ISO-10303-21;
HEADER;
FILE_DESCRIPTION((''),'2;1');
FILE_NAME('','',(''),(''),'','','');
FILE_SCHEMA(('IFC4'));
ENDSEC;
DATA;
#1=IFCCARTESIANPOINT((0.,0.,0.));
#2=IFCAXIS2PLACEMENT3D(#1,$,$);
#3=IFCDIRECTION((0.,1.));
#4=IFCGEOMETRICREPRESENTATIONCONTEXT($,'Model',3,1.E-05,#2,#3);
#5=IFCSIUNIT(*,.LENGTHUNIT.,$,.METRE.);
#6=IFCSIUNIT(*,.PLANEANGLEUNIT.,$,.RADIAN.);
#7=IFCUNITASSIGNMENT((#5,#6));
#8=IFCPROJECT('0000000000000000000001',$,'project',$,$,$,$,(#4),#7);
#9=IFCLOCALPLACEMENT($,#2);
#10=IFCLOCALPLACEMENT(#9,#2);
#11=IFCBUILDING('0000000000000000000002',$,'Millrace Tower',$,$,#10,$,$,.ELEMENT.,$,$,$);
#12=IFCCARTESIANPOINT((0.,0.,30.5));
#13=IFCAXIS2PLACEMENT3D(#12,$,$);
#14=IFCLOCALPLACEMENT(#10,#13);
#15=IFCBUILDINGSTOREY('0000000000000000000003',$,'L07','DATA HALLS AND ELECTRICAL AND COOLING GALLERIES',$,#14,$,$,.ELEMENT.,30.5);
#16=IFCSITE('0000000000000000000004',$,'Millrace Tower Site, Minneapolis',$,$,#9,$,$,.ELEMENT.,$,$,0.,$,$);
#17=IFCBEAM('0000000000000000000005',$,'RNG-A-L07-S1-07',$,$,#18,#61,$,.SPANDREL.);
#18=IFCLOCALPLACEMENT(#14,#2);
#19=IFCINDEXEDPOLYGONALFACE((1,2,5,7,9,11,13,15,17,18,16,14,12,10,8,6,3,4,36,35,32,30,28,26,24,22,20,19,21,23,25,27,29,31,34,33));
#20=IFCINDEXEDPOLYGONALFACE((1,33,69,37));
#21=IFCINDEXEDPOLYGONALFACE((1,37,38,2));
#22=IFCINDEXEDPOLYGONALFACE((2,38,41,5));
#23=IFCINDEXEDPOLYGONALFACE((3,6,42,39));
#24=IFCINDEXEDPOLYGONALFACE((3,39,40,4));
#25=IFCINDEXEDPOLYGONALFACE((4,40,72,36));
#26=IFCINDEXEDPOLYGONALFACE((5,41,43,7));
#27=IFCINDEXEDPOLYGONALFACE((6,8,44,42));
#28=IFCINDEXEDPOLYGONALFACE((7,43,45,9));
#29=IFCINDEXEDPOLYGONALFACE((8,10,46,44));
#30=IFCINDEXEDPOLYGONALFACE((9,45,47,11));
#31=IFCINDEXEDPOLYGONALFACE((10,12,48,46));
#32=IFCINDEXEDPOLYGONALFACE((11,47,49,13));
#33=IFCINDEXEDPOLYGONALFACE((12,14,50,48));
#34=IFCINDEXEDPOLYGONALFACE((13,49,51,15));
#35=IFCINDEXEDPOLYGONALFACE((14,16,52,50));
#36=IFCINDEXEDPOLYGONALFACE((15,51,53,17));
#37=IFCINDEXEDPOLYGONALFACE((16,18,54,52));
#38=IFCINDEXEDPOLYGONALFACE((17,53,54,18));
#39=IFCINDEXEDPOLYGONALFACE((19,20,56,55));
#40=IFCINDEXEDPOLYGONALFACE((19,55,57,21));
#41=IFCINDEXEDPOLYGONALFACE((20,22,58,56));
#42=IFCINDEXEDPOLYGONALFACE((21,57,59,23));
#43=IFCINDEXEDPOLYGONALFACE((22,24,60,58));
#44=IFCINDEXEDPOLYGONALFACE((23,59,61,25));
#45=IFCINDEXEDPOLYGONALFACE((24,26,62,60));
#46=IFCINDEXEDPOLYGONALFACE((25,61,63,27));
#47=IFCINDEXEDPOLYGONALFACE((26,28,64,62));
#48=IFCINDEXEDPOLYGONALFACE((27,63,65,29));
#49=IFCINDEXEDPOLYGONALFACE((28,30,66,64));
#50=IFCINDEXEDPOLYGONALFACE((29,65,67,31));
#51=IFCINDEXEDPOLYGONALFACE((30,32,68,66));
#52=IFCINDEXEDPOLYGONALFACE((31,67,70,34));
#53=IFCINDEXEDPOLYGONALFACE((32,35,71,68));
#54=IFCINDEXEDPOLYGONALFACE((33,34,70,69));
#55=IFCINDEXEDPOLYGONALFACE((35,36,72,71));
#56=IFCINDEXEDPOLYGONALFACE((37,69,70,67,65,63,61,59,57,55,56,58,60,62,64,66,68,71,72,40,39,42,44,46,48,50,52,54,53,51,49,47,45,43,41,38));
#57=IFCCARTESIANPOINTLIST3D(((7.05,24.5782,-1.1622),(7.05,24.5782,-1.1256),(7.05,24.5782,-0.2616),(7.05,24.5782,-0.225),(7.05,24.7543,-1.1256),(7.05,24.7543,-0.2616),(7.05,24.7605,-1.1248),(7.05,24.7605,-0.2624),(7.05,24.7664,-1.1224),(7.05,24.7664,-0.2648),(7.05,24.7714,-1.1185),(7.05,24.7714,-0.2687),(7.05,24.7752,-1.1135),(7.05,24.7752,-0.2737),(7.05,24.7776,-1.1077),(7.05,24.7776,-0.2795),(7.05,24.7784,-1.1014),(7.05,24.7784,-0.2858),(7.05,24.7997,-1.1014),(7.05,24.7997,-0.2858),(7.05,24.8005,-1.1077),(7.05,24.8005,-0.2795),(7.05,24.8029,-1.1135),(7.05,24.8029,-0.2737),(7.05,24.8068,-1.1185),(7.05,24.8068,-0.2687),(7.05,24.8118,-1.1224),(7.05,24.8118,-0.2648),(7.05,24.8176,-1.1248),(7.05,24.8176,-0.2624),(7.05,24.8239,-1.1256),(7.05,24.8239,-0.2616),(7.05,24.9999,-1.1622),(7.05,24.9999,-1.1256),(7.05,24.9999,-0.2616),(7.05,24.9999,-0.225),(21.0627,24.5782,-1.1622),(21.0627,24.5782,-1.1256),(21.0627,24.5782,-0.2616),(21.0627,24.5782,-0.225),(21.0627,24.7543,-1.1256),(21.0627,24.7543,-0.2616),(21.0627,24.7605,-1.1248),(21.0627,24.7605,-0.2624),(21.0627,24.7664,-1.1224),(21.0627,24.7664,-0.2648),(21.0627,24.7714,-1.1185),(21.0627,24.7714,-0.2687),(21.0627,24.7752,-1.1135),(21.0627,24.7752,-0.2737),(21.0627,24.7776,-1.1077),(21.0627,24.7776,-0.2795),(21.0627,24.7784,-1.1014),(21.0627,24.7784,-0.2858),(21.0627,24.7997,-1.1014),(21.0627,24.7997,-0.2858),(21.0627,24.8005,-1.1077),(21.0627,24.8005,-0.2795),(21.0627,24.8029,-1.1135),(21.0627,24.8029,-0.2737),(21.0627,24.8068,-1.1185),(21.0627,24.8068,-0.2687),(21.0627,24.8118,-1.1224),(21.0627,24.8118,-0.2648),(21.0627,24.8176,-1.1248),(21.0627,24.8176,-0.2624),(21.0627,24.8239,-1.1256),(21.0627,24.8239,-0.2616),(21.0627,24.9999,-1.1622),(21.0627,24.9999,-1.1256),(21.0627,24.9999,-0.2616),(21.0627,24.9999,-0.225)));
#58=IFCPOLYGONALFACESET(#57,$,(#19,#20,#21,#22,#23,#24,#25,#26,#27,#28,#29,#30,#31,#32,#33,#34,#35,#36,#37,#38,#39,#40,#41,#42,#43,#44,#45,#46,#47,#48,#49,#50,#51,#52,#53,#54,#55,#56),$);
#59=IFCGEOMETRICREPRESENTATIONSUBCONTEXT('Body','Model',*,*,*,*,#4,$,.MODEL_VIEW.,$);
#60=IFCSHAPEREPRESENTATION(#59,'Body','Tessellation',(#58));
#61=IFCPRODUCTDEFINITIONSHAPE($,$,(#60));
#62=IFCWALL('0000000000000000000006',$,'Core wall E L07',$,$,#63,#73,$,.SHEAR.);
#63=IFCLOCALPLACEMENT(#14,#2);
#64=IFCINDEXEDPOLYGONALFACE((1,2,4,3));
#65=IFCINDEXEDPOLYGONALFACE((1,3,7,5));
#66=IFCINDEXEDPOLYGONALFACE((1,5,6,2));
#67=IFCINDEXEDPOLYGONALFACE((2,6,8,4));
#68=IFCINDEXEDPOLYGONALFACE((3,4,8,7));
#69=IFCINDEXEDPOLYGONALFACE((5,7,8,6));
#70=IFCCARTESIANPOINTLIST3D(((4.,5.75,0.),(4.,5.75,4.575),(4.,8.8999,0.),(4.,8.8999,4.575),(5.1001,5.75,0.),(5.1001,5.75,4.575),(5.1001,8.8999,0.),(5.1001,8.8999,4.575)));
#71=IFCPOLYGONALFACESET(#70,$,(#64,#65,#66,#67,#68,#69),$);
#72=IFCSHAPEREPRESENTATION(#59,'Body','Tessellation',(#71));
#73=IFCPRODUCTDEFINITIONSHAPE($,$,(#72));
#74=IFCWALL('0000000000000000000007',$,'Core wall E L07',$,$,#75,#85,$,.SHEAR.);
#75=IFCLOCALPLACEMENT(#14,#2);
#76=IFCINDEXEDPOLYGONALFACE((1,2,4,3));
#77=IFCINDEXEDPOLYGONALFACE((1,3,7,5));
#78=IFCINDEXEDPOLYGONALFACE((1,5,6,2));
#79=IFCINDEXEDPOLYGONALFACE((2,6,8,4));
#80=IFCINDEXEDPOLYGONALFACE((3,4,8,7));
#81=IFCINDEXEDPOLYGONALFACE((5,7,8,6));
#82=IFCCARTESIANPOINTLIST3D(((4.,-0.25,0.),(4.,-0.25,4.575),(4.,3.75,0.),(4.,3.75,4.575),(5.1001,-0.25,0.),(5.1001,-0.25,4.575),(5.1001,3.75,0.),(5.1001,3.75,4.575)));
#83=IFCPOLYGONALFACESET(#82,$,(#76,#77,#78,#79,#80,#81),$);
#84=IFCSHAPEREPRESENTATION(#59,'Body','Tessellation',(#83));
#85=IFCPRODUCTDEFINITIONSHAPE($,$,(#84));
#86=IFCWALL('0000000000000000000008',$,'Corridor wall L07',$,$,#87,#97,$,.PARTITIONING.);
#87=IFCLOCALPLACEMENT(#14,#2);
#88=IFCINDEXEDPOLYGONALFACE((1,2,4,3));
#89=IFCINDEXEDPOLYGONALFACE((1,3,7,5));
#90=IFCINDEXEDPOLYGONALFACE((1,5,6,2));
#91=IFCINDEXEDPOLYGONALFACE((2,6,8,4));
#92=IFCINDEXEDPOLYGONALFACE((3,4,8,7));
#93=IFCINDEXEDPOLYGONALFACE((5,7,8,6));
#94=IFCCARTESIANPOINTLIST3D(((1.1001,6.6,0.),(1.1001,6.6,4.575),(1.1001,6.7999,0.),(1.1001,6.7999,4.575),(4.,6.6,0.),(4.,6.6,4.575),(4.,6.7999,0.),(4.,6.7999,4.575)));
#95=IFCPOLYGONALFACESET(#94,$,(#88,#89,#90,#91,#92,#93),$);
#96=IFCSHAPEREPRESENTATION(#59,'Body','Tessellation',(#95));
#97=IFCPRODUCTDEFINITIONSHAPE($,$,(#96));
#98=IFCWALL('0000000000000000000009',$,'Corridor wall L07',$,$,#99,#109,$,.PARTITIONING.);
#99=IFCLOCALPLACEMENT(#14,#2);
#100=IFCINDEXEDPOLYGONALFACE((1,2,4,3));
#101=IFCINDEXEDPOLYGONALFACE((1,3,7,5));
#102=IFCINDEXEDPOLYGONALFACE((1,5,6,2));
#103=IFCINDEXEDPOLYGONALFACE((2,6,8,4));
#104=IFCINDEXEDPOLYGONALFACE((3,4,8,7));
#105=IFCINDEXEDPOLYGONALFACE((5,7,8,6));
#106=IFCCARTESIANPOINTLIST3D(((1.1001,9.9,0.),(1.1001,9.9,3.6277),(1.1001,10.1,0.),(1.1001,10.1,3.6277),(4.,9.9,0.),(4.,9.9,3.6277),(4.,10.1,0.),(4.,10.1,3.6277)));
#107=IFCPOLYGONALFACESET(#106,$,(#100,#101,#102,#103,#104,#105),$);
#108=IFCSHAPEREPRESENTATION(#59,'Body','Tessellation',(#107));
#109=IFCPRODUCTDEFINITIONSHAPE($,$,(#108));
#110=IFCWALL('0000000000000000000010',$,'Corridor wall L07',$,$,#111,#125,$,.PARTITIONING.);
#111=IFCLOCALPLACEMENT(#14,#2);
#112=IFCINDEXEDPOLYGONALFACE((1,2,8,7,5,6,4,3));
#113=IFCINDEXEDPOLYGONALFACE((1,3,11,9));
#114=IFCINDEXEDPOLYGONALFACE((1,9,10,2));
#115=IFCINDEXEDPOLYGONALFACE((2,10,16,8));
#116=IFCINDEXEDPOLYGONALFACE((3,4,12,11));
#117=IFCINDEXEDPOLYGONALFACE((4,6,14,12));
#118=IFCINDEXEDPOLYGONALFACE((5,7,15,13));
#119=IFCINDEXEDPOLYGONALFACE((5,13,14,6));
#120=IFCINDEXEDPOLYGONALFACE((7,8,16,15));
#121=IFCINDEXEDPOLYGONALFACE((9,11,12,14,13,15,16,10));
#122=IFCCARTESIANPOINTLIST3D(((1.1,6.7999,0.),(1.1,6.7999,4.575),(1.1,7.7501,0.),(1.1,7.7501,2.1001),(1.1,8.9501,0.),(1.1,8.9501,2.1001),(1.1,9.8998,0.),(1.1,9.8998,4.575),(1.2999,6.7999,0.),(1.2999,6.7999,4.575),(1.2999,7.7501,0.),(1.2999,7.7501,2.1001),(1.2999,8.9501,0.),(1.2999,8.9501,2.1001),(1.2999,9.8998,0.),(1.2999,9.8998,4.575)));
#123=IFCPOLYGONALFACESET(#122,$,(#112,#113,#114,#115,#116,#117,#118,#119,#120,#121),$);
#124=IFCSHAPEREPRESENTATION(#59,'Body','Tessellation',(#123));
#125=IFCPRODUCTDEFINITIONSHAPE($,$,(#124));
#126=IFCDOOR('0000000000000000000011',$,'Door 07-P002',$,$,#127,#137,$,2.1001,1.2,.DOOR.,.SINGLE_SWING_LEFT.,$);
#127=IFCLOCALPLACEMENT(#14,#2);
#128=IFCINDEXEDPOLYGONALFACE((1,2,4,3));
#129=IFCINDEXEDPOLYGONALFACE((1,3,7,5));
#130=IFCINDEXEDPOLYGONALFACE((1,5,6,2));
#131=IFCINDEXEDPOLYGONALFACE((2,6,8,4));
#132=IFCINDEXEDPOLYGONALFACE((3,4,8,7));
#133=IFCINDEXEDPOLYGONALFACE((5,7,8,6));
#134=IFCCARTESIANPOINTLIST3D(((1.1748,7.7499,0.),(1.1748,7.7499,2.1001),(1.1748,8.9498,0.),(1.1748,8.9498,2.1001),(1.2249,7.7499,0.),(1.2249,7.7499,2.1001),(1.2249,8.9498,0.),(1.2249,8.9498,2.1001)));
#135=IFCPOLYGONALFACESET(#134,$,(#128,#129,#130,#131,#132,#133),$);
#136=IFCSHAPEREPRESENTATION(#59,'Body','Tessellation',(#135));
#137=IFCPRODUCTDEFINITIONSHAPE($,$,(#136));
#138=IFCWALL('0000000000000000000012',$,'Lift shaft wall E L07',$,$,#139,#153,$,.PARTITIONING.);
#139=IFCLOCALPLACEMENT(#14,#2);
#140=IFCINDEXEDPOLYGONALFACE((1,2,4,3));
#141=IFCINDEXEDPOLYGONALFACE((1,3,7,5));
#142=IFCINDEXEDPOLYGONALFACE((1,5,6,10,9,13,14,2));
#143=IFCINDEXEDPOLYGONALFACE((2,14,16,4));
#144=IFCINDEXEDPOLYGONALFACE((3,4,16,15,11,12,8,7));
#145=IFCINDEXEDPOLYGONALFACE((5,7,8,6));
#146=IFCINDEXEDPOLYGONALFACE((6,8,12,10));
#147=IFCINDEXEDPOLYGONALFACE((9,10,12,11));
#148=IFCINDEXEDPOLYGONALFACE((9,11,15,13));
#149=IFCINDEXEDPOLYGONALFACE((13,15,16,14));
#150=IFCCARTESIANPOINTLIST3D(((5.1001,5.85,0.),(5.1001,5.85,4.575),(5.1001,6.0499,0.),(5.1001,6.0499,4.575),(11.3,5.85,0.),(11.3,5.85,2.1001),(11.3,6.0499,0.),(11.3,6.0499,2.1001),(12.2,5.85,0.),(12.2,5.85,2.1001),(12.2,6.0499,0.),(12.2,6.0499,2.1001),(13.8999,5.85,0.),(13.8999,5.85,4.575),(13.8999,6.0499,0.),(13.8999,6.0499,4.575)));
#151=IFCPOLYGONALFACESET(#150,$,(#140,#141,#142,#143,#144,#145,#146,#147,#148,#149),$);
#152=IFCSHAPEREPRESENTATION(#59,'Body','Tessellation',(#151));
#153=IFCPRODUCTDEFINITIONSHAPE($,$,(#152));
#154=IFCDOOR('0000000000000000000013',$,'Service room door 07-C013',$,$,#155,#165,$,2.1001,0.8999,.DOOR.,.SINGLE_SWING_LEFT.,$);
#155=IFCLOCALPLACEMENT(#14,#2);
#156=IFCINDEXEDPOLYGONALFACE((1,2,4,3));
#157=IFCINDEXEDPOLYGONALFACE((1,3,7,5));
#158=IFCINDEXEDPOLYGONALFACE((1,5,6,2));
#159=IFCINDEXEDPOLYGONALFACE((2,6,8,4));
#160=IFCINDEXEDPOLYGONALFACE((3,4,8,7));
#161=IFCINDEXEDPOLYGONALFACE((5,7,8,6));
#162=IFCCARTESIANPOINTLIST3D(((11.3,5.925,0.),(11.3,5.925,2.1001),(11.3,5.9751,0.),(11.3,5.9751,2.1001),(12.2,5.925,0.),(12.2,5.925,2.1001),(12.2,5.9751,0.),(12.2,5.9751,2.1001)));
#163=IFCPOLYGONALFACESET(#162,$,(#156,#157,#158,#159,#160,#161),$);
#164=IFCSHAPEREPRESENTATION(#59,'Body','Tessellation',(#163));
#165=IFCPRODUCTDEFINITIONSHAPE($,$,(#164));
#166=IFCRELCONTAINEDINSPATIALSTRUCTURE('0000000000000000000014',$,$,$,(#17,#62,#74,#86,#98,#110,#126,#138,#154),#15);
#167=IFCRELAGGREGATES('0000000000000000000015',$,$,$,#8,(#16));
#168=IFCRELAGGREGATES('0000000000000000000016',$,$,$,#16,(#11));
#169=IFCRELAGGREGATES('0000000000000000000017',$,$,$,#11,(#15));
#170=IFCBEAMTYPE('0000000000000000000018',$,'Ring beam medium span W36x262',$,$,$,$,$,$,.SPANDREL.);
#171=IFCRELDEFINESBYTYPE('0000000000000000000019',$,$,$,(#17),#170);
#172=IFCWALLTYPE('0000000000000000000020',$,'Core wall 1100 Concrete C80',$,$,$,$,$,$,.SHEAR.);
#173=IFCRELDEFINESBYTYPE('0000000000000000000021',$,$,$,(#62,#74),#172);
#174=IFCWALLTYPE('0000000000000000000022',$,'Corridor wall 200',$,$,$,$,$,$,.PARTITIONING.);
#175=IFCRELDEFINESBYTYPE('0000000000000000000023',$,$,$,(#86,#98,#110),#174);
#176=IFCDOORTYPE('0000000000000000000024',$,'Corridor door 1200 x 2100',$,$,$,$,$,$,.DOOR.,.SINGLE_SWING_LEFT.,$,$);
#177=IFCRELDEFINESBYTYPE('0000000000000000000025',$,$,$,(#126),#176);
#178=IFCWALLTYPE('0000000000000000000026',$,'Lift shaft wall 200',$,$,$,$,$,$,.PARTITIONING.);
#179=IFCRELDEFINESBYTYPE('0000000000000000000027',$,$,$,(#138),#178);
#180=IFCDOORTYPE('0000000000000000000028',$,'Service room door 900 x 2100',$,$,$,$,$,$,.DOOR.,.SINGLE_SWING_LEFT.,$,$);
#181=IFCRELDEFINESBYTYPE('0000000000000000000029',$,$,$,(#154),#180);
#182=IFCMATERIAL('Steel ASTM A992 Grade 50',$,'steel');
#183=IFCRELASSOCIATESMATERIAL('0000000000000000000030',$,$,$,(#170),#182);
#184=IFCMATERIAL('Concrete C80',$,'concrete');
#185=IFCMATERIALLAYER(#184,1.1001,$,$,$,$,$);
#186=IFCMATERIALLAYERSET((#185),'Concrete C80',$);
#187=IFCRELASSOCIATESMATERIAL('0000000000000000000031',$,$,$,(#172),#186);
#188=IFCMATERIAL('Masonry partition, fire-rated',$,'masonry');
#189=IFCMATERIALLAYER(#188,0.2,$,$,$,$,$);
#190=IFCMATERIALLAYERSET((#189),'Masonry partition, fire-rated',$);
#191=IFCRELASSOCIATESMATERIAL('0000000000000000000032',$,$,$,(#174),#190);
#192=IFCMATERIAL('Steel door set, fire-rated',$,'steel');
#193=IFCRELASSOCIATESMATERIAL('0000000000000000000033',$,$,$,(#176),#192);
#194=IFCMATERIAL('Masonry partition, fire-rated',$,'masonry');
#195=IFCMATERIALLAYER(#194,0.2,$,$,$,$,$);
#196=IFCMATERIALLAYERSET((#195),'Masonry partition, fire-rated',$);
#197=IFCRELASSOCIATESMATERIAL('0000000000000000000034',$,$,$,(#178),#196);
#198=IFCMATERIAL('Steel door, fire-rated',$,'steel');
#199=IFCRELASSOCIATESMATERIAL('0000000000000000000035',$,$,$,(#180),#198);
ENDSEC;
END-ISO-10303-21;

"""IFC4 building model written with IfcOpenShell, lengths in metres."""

from ifc_helpers import new_model, si_unit, direction, frame, frame_2d, origin, origin_2d, place, context, subcontext, project, spatial, rectangle, i_section, extrude, material, layer, layer_set, material_profile, profile_set, type_object, element, fill, save


model = new_model("IFC4")

# Units and contexts
model_context = context("Model", 3, precision=1e-05, world=origin(), true_north=direction((0.0, 1.0)))
body_context = subcontext(model_context, "Body", "Model", "MODEL_VIEW")
ifc_project = project(units=[si_unit("LENGTHUNIT", "METRE"), si_unit("PLANEANGLEUNIT", "RADIAN")], contexts=[model_context])

# Site, building, storey
site_placement = place(None, origin())
site = spatial("IfcSite", under=ifc_project, at=site_placement, Name="Millrace Tower Site, Minneapolis", CompositionType="ELEMENT", RefElevation=0.0)
building_placement = place(site_placement, origin())
building = spatial("IfcBuilding", under=site, at=building_placement, Name="Millrace Tower", CompositionType="ELEMENT")
storey_placement = place(building_placement, frame((0.0, 0.0, 30.5)))
storey = spatial("IfcBuildingStorey", under=building, at=storey_placement, Name="L07", Description="DATA HALLS AND ELECTRICAL AND COOLING GALLERIES", CompositionType="ELEMENT", Elevation=30.5)

# Beam
ifc_material_1 = material(Name="Steel ASTM A992 Grade 50", Category="steel")
ifc_material_profile_1 = material_profile(ifc_material_1, i_section(OverallWidth=0.4216, OverallDepth=0.9373, WebThickness=0.0212, FlangeThickness=0.0366, FilletRadius=0.0242, at=origin_2d()))
ifc_profile_set_1 = profile_set([ifc_material_profile_1], Name="Steel ASTM A992 Grade 50")
beam_type_1 = type_object("IfcBeamType", Name="Ring beam medium span W36x262", PredefinedType="SPANDREL", material=ifc_profile_set_1)
beam_1_placement = place(storey_placement, frame((7.05, 24.7891, -0.6936), z_axis=(1.0, 0.0, 0.0), x_axis=(0.0, 1.0, 0.0)))
element("IfcBeam", 1, at=beam_1_placement, inside=storey, type_object=beam_type_1, Name="RNG-A-L07-S1-07", PredefinedType="SPANDREL", context=body_context, shape_type="SweptSolid", body=[
    extrude(i_section(OverallWidth=0.4216, OverallDepth=0.9373, WebThickness=0.0212, FlangeThickness=0.0366, FilletRadius=0.0242, at=origin_2d()), origin(), (0.0, 0.0, 1.0), 14.0127),
])

# Walls
ifc_material_2 = material(Name="Concrete C80", Category="concrete")
ifc_layer_1 = layer(ifc_material_2, 1.1001)
ifc_layer_set_1 = layer_set([ifc_layer_1], Name="Concrete C80")
wall_type_1 = type_object("IfcWallType", Name="Core wall 1100 Concrete C80", PredefinedType="SHEAR", material=ifc_layer_set_1)
wall_1_placement = place(storey_placement, frame((4.55, 8.8999, 0.0), z_axis=(0.0, 0.0, 1.0), x_axis=(0.0, -1.0, 0.0)))
element("IfcWall", 2, at=wall_1_placement, inside=storey, type_object=wall_type_1, Name="Core wall E L07", PredefinedType="SHEAR", context=body_context, shape_type="SweptSolid", body=[
    extrude(rectangle(XDim=3.1499, YDim=1.1001, at=frame_2d((1.575, 0.0))), origin(), (0.0, 0.0, 1.0), 4.575),
])
wall_2_placement = place(storey_placement, frame((4.55, 3.75, 0.0), z_axis=(0.0, 0.0, 1.0), x_axis=(0.0, -1.0, 0.0)))
element("IfcWall", 3, at=wall_2_placement, inside=storey, type_object=wall_type_1, Name="Core wall E L07", PredefinedType="SHEAR", context=body_context, shape_type="SweptSolid", body=[
    extrude(rectangle(XDim=4.0, YDim=1.1001, at=frame_2d((2.0, 0.0))), origin(), (0.0, 0.0, 1.0), 4.575),
])
ifc_material_3 = material(Name="Masonry partition, fire-rated", Category="masonry")
ifc_layer_2 = layer(ifc_material_3, 0.2)
ifc_layer_set_2 = layer_set([ifc_layer_2], Name="Masonry partition, fire-rated")
wall_type_2 = type_object("IfcWallType", Name="Corridor wall 200", PredefinedType="PARTITIONING", material=ifc_layer_set_2)
wall_3_placement = place(storey_placement, frame((1.1001, 6.7, 0.0), z_axis=(0.0, 0.0, 1.0), x_axis=(1.0, 0.0, 0.0)))
element("IfcWall", 4, at=wall_3_placement, inside=storey, type_object=wall_type_2, Name="Corridor wall L07", PredefinedType="PARTITIONING", context=body_context, shape_type="SweptSolid", body=[
    extrude(rectangle(XDim=2.8999, YDim=0.2, at=frame_2d((1.45, 0.0))), origin(), (0.0, 0.0, 1.0), 4.575),
])
wall_4_placement = place(storey_placement, frame((1.1001, 10.0, 0.0), z_axis=(0.0, 0.0, 1.0), x_axis=(1.0, 0.0, 0.0)))
element("IfcWall", 5, at=wall_4_placement, inside=storey, type_object=wall_type_2, Name="Corridor wall L07", PredefinedType="PARTITIONING", context=body_context, shape_type="SweptSolid", body=[
    extrude(rectangle(XDim=2.8999, YDim=0.2, at=frame_2d((1.45, 0.0))), origin(), (0.0, 0.0, 1.0), 3.6277),
])

# Walls, openings, doors
wall_5_placement = place(storey_placement, frame((1.2, 6.8, 0.0), z_axis=(0.0, 0.0, 1.0), x_axis=(0.0, 1.0, 0.0)))
wall_5 = element("IfcWall", 6, at=wall_5_placement, inside=storey, type_object=wall_type_2, Name="Corridor wall L07", PredefinedType="PARTITIONING", context=body_context, shape_type="SweptSolid", body=[
    extrude(rectangle(XDim=3.0999, YDim=0.2, at=frame_2d((1.5498, 0.0))), origin(), (0.0, 0.0, 1.0), 4.575),
])
opening_1_placement = place(wall_5_placement, frame((0.95, 0.0, 0.0)))
opening_1 = element("IfcOpeningElement", 7, at=opening_1_placement, cuts=wall_5, PredefinedType="OPENING", context=body_context, shape_type="SweptSolid", body=[
    extrude(rectangle(XDim=1.2, YDim=2.1001, at=frame_2d((0.6001, 1.05))), frame((0.0, 0.1099, 0.0), z_axis=(0.0, -1.0, 0.0), x_axis=(1.0, 0.0, 0.0)), (0.0, 0.0, 1.0), 0.22),
])
ifc_material_4 = material(Name="Steel door set, fire-rated", Category="steel")
door_type_1 = type_object("IfcDoorType", Name="Corridor door 1200 x 2100", OperationType="SINGLE_SWING_LEFT", PredefinedType="DOOR", material=ifc_material_4)
door_1_placement = place(opening_1_placement, frame((1.2, 0.0, 0.0), z_axis=(0.0, 0.0, 1.0), x_axis=(-1.0, 0.0, 0.0)))
door_1 = element("IfcDoor", 8, at=door_1_placement, inside=storey, type_object=door_type_1, Name="Door 07-P002", OperationType="SINGLE_SWING_LEFT", OverallHeight=2.1001, OverallWidth=1.2, PredefinedType="DOOR", context=body_context, shape_type="SweptSolid", body=[
    extrude(rectangle(XDim=1.2, YDim=2.1001, at=frame_2d((0.6001, 1.05))), frame((0.0, 0.0249, 0.0), z_axis=(0.0, -1.0, 0.0), x_axis=(1.0, 0.0, 0.0)), (0.0, 0.0, 1.0), 0.05),
])
fill(opening_1, door_1)
ifc_material_5 = material(Name="Masonry partition, fire-rated", Category="masonry")
ifc_layer_3 = layer(ifc_material_5, 0.2)
ifc_layer_set_3 = layer_set([ifc_layer_3], Name="Masonry partition, fire-rated")
wall_type_3 = type_object("IfcWallType", Name="Lift shaft wall 200", PredefinedType="PARTITIONING", material=ifc_layer_set_3)
wall_6_placement = place(storey_placement, frame((13.8999, 5.95, 0.0), z_axis=(0.0, 0.0, 1.0), x_axis=(-1.0, 0.0, 0.0)))
wall_6 = element("IfcWall", 9, at=wall_6_placement, inside=storey, type_object=wall_type_3, Name="Lift shaft wall E L07", PredefinedType="PARTITIONING", context=body_context, shape_type="SweptSolid", body=[
    extrude(rectangle(XDim=8.7998, YDim=0.2, at=frame_2d((4.3999, 0.0))), origin(), (0.0, 0.0, 1.0), 4.575),
])
opening_2_placement = place(wall_6_placement, frame((1.7, 0.0, 0.0)))
opening_2 = element("IfcOpeningElement", 10, at=opening_2_placement, cuts=wall_6, PredefinedType="OPENING", context=body_context, shape_type="SweptSolid", body=[
    extrude(rectangle(XDim=0.8999, YDim=2.1001, at=frame_2d((0.45, 1.05))), frame((0.0, 0.1099, 0.0), z_axis=(0.0, -1.0, 0.0), x_axis=(1.0, 0.0, 0.0)), (0.0, 0.0, 1.0), 0.22),
])
ifc_material_6 = material(Name="Steel door, fire-rated", Category="steel")
door_type_2 = type_object("IfcDoorType", Name="Service room door 900 x 2100", OperationType="SINGLE_SWING_LEFT", PredefinedType="DOOR", material=ifc_material_6)
door_2_placement = place(opening_2_placement, origin())
door_2 = element("IfcDoor", 11, at=door_2_placement, inside=storey, type_object=door_type_2, Name="Service room door 07-C013", OperationType="SINGLE_SWING_LEFT", OverallHeight=2.1001, OverallWidth=0.8999, PredefinedType="DOOR", context=body_context, shape_type="SweptSolid", body=[
    extrude(rectangle(XDim=0.8999, YDim=2.1001, at=frame_2d((0.45, 1.05))), frame((0.0, 0.0249, 0.0), z_axis=(0.0, -1.0, 0.0), x_axis=(1.0, 0.0, 0.0)), (0.0, 0.0, 1.0), 0.05),
])
fill(opening_2, door_2)

save(model, "model.ifc")
